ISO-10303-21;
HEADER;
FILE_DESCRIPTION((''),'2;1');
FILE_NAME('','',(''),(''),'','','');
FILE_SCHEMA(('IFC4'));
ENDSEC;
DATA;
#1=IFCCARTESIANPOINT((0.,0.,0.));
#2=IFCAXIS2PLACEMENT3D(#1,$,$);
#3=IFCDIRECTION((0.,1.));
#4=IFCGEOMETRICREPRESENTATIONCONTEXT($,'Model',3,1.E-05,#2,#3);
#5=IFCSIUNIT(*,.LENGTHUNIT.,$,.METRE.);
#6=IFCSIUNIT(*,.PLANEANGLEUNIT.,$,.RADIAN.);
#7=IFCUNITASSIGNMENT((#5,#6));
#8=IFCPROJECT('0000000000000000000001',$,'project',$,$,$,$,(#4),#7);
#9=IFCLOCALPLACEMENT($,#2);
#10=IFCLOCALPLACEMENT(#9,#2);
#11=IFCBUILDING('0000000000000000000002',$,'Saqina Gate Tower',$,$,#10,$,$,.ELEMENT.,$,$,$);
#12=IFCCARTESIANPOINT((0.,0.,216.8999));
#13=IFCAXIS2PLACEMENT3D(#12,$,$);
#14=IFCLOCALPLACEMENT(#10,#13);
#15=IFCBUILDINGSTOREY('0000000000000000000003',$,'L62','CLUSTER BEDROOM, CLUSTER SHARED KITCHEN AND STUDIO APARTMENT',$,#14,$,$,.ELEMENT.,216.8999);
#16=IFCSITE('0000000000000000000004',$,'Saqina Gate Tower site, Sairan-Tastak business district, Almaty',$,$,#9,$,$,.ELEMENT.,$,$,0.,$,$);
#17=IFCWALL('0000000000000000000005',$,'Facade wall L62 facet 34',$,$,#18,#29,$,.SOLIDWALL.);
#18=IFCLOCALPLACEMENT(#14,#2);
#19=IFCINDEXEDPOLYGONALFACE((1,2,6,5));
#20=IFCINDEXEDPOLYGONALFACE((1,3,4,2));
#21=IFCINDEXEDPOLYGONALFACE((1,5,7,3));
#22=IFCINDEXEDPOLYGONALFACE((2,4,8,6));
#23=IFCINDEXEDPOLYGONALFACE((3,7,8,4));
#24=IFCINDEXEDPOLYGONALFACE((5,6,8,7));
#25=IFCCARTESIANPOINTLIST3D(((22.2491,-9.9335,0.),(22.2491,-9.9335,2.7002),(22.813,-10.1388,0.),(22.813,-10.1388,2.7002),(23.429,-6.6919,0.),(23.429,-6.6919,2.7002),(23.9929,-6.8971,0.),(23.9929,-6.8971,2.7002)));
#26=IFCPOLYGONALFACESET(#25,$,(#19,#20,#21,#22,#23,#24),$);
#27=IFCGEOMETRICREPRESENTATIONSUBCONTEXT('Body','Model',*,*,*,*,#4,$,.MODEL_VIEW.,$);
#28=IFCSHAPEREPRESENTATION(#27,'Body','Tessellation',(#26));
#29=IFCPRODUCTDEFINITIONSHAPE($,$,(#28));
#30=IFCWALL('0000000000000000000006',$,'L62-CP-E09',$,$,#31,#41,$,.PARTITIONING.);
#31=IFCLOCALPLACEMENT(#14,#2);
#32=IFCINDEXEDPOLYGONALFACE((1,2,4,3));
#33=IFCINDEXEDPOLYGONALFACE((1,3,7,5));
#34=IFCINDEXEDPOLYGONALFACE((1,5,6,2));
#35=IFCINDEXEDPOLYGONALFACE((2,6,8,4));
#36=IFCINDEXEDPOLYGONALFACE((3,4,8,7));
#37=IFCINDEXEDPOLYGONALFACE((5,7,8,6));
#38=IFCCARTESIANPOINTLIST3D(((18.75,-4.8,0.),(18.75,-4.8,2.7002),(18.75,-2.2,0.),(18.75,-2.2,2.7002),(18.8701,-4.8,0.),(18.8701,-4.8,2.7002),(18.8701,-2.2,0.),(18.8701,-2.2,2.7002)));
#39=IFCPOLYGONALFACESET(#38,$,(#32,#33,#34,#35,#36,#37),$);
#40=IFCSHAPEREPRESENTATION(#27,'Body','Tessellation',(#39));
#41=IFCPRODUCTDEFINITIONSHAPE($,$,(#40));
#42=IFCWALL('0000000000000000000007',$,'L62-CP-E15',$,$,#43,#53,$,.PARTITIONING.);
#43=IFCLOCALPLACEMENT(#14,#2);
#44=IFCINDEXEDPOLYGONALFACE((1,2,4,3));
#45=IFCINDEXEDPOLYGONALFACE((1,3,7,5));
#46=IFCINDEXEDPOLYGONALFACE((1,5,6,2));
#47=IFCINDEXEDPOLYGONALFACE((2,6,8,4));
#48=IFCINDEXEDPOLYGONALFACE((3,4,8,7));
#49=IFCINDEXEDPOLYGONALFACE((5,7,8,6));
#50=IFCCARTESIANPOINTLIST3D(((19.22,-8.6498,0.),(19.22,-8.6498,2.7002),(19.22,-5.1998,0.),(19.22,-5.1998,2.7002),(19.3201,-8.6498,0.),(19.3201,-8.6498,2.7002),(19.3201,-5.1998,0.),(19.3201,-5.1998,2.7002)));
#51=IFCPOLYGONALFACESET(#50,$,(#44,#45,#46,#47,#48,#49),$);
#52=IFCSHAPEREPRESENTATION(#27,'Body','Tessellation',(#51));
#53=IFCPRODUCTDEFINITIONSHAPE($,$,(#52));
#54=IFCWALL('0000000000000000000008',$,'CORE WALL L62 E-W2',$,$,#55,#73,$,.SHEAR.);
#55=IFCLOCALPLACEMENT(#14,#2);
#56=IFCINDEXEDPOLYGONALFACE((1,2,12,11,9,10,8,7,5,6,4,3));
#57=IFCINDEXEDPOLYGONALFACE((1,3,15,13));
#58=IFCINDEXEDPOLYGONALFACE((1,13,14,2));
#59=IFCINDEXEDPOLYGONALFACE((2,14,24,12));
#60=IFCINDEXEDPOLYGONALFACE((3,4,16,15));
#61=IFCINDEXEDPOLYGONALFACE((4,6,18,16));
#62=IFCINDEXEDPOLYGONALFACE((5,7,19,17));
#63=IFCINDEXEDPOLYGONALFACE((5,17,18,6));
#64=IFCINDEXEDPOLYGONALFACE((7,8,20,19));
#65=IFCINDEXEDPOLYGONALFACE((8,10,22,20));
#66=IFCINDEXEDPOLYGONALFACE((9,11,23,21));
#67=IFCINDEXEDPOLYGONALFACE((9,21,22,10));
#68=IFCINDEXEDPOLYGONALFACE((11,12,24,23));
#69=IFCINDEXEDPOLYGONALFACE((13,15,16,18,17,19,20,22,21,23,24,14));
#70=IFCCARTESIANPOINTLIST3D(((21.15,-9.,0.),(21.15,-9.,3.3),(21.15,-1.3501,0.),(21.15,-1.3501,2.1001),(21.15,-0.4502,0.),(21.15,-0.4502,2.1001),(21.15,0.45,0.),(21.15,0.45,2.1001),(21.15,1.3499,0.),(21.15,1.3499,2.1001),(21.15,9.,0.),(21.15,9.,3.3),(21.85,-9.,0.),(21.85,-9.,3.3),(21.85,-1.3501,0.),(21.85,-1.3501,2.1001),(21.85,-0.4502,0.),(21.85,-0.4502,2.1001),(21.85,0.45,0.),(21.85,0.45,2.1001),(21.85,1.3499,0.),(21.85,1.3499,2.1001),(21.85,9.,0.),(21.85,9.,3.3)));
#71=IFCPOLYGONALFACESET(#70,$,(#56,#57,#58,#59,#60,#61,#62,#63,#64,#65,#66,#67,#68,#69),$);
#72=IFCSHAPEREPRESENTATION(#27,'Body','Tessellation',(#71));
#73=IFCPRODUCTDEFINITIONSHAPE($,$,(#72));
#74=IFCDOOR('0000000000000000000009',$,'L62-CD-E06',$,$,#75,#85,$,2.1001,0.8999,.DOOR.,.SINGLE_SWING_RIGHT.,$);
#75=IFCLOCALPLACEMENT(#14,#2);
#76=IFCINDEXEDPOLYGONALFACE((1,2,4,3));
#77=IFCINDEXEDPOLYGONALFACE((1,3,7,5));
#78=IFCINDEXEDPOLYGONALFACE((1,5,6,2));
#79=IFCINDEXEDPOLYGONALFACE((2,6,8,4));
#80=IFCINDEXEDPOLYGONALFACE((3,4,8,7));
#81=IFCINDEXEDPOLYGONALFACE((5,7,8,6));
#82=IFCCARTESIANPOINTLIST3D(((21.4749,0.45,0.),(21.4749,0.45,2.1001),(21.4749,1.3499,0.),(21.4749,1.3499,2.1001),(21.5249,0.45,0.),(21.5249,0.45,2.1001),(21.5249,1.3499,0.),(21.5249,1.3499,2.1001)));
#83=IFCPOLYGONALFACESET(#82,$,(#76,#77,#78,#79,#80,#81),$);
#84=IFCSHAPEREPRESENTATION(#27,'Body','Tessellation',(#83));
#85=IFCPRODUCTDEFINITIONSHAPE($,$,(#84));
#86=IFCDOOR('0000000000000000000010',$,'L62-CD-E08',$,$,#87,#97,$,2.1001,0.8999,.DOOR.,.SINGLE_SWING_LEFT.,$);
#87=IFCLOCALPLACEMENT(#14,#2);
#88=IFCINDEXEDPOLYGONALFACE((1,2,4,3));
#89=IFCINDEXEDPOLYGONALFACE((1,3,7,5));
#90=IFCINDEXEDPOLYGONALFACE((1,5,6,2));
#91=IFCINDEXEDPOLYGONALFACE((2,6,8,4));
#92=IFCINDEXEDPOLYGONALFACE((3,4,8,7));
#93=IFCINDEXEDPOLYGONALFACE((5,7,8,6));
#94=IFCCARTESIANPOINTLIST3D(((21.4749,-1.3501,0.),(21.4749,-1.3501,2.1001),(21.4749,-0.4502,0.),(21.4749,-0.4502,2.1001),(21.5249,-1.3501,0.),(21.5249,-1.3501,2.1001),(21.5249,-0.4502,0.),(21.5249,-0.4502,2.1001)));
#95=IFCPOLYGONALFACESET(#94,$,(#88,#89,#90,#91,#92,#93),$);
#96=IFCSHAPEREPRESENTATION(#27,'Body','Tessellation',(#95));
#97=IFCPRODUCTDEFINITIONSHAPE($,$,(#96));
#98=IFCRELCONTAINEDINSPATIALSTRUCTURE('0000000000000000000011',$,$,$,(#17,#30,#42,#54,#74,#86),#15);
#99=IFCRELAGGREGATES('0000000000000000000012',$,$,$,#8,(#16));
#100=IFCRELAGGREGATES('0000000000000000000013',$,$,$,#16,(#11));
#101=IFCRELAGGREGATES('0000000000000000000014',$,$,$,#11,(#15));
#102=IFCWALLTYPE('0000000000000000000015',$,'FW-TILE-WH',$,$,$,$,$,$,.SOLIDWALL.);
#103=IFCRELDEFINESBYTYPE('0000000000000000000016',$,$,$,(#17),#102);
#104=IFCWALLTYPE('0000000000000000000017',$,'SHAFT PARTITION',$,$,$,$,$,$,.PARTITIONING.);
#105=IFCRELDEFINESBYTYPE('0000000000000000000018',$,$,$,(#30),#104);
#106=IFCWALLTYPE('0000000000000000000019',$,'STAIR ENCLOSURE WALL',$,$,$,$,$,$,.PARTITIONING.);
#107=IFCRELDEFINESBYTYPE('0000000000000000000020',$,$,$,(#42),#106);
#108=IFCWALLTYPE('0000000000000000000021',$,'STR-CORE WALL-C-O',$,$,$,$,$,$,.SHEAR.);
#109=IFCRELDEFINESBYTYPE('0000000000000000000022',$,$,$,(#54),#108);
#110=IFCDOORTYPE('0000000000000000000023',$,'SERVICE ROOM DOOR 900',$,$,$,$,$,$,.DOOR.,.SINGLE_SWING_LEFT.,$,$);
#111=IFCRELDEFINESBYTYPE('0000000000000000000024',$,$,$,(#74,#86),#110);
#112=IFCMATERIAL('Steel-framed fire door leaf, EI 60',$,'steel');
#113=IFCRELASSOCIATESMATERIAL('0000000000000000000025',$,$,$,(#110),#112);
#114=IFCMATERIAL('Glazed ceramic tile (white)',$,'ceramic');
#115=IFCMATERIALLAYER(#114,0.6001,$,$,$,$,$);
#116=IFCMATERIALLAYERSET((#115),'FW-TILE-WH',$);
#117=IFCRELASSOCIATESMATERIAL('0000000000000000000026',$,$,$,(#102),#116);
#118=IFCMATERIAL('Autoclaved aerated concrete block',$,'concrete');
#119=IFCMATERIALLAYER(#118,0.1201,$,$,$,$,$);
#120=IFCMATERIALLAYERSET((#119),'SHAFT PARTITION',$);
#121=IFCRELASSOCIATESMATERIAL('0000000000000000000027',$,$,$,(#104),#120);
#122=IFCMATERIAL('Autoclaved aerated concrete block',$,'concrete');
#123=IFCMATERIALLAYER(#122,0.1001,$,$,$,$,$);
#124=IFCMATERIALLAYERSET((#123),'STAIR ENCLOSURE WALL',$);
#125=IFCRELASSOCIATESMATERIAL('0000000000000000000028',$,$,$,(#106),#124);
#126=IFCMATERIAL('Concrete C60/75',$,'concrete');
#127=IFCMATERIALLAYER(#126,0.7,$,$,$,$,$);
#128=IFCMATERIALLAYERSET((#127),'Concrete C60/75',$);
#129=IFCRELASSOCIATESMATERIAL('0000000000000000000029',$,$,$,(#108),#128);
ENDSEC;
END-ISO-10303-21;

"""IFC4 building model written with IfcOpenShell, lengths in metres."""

from ifc_helpers import new_model, si_unit, direction, frame, frame_2d, origin, place, context, subcontext, project, spatial, rectangle, extrude, material, layer, layer_set, type_object, element, fill, save


model = new_model("IFC4")

# Units and contexts
model_context = context("Model", 3, precision=1e-05, world=origin(), true_north=direction((0.0, 1.0)))
body_context = subcontext(model_context, "Body", "Model", "MODEL_VIEW")
ifc_project = project(units=[si_unit("LENGTHUNIT", "METRE"), si_unit("PLANEANGLEUNIT", "RADIAN")], contexts=[model_context])

# Site, building, storey
site_placement = place(None, origin())
site = spatial("IfcSite", under=ifc_project, at=site_placement, Name="Saqina Gate Tower site, Sairan-Tastak business district, Almaty", CompositionType="ELEMENT", RefElevation=0.0)
building_placement = place(site_placement, origin())
building = spatial("IfcBuilding", under=site, at=building_placement, Name="Saqina Gate Tower", CompositionType="ELEMENT")
storey_placement = place(building_placement, frame((0.0, 0.0, 216.8999)))
storey = spatial("IfcBuildingStorey", under=building, at=storey_placement, Name="L62", Description="CLUSTER BEDROOM, CLUSTER SHARED KITCHEN AND STUDIO APARTMENT", CompositionType="ELEMENT", Elevation=216.8999)

# Shared definitions
ifc_material_1 = material(Name="Steel-framed fire door leaf, EI 60", Category="steel")
door_type_1 = type_object("IfcDoorType", Name="SERVICE ROOM DOOR 900", OperationType="SINGLE_SWING_LEFT", PredefinedType="DOOR", material=ifc_material_1)

# Walls
ifc_material_2 = material(Name="Glazed ceramic tile (white)", Category="ceramic")
ifc_layer_1 = layer(ifc_material_2, 0.6001)
ifc_layer_set_1 = layer_set([ifc_layer_1], Name="FW-TILE-WH")
wall_type_1 = type_object("IfcWallType", Name="FW-TILE-WH", PredefinedType="SOLIDWALL", material=ifc_layer_set_1)
wall_1_placement = place(storey_placement, frame((22.531, -10.0361, 0.0), z_axis=(0.0, 0.0, 1.0), x_axis=(0.342033, 0.939688, 0.0)))
element("IfcWall", 1, at=wall_1_placement, inside=storey, type_object=wall_type_1, Name="Facade wall L62 facet 34", PredefinedType="SOLIDWALL", context=body_context, shape_type="SweptSolid", body=[
    extrude(rectangle(XDim=3.4497, YDim=0.6001, at=frame_2d((1.7249, 0.0))), origin(), (0.0, 0.0, 1.0), 2.7002),
])
ifc_material_3 = material(Name="Autoclaved aerated concrete block", Category="concrete")
ifc_layer_2 = layer(ifc_material_3, 0.1201)
ifc_layer_set_2 = layer_set([ifc_layer_2], Name="SHAFT PARTITION")
wall_type_2 = type_object("IfcWallType", Name="SHAFT PARTITION", PredefinedType="PARTITIONING", material=ifc_layer_set_2)
wall_2_placement = place(storey_placement, frame((18.8101, -4.8, 0.0), z_axis=(0.0, 0.0, 1.0), x_axis=(0.0, 1.0, 0.0)))
element("IfcWall", 2, at=wall_2_placement, inside=storey, type_object=wall_type_2, Name="L62-CP-E09", PredefinedType="PARTITIONING", context=body_context, shape_type="SweptSolid", body=[
    extrude(rectangle(XDim=2.6001, YDim=0.1201, at=frame_2d((1.3, 0.0))), origin(), (0.0, 0.0, 1.0), 2.7002),
])
ifc_material_4 = material(Name="Autoclaved aerated concrete block", Category="concrete")
ifc_layer_3 = layer(ifc_material_4, 0.1001)
ifc_layer_set_3 = layer_set([ifc_layer_3], Name="STAIR ENCLOSURE WALL")
wall_type_3 = type_object("IfcWallType", Name="STAIR ENCLOSURE WALL", PredefinedType="PARTITIONING", material=ifc_layer_set_3)
wall_3_placement = place(storey_placement, frame((19.27, -8.6499, 0.0), z_axis=(0.0, 0.0, 1.0), x_axis=(0.0, 1.0, 0.0)))
element("IfcWall", 3, at=wall_3_placement, inside=storey, type_object=wall_type_3, Name="L62-CP-E15", PredefinedType="PARTITIONING", context=body_context, shape_type="SweptSolid", body=[
    extrude(rectangle(XDim=3.45, YDim=0.1001, at=frame_2d((1.7251, 0.0))), origin(), (0.0, 0.0, 1.0), 2.7002),
])

# Wall, openings, doors
ifc_material_5 = material(Name="Concrete C60/75", Category="concrete")
ifc_layer_4 = layer(ifc_material_5, 0.7)
ifc_layer_set_4 = layer_set([ifc_layer_4], Name="Concrete C60/75")
wall_type_4 = type_object("IfcWallType", Name="STR-CORE WALL-C-O", PredefinedType="SHEAR", material=ifc_layer_set_4)
wall_4_placement = place(storey_placement, frame((21.5, -9.0, 0.0), z_axis=(0.0, 0.0, 1.0), x_axis=(0.0, 1.0, 0.0)))
wall_4 = element("IfcWall", 4, at=wall_4_placement, inside=storey, type_object=wall_type_4, Name="CORE WALL L62 E-W2", PredefinedType="SHEAR", context=body_context, shape_type="SweptSolid", body=[
    extrude(rectangle(XDim=18.0, YDim=0.7, at=frame_2d((9.0, 0.0))), origin(), (0.0, 0.0, 1.0), 3.3),
])
opening_1_placement = place(wall_4_placement, frame((9.45, 0.0, 0.0)))
opening_1 = element("IfcOpeningElement", 5, at=opening_1_placement, cuts=wall_4, PredefinedType="OPENING", context=body_context, shape_type="SweptSolid", body=[
    extrude(rectangle(XDim=0.8999, YDim=2.1001, at=frame_2d((0.45, 1.05))), frame((0.0, 0.3621, 0.0), z_axis=(0.0, -1.0, 0.0), x_axis=(1.0, 0.0, 0.0)), (0.0, 0.0, 1.0), 0.7239),
])
opening_2_placement = place(wall_4_placement, frame((7.6499, 0.0, 0.0)))
opening_2 = element("IfcOpeningElement", 6, at=opening_2_placement, cuts=wall_4, PredefinedType="OPENING", context=body_context, shape_type="SweptSolid", body=[
    extrude(rectangle(XDim=0.8999, YDim=2.1001, at=frame_2d((0.45, 1.05))), frame((0.0, 0.3621, 0.0), z_axis=(0.0, -1.0, 0.0), x_axis=(1.0, 0.0, 0.0)), (0.0, 0.0, 1.0), 0.7239),
])
door_1_placement = place(opening_1_placement, frame((0.8999, 0.0, 0.0), z_axis=(0.0, 0.0, 1.0), x_axis=(-1.0, 0.0, 0.0)))
door_1 = element("IfcDoor", 7, at=door_1_placement, inside=storey, type_object=door_type_1, Name="L62-CD-E06", OperationType="SINGLE_SWING_RIGHT", OverallHeight=2.1001, OverallWidth=0.8999, PredefinedType="DOOR", context=body_context, shape_type="SweptSolid", body=[
    extrude(rectangle(XDim=0.8999, YDim=2.1001, at=frame_2d((0.45, 1.05))), frame((0.0, 0.0249, 0.0), z_axis=(0.0, -1.0, 0.0), x_axis=(1.0, 0.0, 0.0)), (0.0, 0.0, 1.0), 0.05),
])
fill(opening_1, door_1)
door_2_placement = place(opening_2_placement, frame((0.8999, 0.0, 0.0), z_axis=(0.0, 0.0, 1.0), x_axis=(-1.0, 0.0, 0.0)))
door_2 = element("IfcDoor", 8, at=door_2_placement, inside=storey, type_object=door_type_1, Name="L62-CD-E08", OperationType="SINGLE_SWING_LEFT", OverallHeight=2.1001, OverallWidth=0.8999, PredefinedType="DOOR", context=body_context, shape_type="SweptSolid", body=[
    extrude(rectangle(XDim=0.8999, YDim=2.1001, at=frame_2d((0.45, 1.05))), frame((0.0, 0.0249, 0.0), z_axis=(0.0, -1.0, 0.0), x_axis=(1.0, 0.0, 0.0)), (0.0, 0.0, 1.0), 0.05),
])
fill(opening_2, door_2)

save(model, "model.ifc")
